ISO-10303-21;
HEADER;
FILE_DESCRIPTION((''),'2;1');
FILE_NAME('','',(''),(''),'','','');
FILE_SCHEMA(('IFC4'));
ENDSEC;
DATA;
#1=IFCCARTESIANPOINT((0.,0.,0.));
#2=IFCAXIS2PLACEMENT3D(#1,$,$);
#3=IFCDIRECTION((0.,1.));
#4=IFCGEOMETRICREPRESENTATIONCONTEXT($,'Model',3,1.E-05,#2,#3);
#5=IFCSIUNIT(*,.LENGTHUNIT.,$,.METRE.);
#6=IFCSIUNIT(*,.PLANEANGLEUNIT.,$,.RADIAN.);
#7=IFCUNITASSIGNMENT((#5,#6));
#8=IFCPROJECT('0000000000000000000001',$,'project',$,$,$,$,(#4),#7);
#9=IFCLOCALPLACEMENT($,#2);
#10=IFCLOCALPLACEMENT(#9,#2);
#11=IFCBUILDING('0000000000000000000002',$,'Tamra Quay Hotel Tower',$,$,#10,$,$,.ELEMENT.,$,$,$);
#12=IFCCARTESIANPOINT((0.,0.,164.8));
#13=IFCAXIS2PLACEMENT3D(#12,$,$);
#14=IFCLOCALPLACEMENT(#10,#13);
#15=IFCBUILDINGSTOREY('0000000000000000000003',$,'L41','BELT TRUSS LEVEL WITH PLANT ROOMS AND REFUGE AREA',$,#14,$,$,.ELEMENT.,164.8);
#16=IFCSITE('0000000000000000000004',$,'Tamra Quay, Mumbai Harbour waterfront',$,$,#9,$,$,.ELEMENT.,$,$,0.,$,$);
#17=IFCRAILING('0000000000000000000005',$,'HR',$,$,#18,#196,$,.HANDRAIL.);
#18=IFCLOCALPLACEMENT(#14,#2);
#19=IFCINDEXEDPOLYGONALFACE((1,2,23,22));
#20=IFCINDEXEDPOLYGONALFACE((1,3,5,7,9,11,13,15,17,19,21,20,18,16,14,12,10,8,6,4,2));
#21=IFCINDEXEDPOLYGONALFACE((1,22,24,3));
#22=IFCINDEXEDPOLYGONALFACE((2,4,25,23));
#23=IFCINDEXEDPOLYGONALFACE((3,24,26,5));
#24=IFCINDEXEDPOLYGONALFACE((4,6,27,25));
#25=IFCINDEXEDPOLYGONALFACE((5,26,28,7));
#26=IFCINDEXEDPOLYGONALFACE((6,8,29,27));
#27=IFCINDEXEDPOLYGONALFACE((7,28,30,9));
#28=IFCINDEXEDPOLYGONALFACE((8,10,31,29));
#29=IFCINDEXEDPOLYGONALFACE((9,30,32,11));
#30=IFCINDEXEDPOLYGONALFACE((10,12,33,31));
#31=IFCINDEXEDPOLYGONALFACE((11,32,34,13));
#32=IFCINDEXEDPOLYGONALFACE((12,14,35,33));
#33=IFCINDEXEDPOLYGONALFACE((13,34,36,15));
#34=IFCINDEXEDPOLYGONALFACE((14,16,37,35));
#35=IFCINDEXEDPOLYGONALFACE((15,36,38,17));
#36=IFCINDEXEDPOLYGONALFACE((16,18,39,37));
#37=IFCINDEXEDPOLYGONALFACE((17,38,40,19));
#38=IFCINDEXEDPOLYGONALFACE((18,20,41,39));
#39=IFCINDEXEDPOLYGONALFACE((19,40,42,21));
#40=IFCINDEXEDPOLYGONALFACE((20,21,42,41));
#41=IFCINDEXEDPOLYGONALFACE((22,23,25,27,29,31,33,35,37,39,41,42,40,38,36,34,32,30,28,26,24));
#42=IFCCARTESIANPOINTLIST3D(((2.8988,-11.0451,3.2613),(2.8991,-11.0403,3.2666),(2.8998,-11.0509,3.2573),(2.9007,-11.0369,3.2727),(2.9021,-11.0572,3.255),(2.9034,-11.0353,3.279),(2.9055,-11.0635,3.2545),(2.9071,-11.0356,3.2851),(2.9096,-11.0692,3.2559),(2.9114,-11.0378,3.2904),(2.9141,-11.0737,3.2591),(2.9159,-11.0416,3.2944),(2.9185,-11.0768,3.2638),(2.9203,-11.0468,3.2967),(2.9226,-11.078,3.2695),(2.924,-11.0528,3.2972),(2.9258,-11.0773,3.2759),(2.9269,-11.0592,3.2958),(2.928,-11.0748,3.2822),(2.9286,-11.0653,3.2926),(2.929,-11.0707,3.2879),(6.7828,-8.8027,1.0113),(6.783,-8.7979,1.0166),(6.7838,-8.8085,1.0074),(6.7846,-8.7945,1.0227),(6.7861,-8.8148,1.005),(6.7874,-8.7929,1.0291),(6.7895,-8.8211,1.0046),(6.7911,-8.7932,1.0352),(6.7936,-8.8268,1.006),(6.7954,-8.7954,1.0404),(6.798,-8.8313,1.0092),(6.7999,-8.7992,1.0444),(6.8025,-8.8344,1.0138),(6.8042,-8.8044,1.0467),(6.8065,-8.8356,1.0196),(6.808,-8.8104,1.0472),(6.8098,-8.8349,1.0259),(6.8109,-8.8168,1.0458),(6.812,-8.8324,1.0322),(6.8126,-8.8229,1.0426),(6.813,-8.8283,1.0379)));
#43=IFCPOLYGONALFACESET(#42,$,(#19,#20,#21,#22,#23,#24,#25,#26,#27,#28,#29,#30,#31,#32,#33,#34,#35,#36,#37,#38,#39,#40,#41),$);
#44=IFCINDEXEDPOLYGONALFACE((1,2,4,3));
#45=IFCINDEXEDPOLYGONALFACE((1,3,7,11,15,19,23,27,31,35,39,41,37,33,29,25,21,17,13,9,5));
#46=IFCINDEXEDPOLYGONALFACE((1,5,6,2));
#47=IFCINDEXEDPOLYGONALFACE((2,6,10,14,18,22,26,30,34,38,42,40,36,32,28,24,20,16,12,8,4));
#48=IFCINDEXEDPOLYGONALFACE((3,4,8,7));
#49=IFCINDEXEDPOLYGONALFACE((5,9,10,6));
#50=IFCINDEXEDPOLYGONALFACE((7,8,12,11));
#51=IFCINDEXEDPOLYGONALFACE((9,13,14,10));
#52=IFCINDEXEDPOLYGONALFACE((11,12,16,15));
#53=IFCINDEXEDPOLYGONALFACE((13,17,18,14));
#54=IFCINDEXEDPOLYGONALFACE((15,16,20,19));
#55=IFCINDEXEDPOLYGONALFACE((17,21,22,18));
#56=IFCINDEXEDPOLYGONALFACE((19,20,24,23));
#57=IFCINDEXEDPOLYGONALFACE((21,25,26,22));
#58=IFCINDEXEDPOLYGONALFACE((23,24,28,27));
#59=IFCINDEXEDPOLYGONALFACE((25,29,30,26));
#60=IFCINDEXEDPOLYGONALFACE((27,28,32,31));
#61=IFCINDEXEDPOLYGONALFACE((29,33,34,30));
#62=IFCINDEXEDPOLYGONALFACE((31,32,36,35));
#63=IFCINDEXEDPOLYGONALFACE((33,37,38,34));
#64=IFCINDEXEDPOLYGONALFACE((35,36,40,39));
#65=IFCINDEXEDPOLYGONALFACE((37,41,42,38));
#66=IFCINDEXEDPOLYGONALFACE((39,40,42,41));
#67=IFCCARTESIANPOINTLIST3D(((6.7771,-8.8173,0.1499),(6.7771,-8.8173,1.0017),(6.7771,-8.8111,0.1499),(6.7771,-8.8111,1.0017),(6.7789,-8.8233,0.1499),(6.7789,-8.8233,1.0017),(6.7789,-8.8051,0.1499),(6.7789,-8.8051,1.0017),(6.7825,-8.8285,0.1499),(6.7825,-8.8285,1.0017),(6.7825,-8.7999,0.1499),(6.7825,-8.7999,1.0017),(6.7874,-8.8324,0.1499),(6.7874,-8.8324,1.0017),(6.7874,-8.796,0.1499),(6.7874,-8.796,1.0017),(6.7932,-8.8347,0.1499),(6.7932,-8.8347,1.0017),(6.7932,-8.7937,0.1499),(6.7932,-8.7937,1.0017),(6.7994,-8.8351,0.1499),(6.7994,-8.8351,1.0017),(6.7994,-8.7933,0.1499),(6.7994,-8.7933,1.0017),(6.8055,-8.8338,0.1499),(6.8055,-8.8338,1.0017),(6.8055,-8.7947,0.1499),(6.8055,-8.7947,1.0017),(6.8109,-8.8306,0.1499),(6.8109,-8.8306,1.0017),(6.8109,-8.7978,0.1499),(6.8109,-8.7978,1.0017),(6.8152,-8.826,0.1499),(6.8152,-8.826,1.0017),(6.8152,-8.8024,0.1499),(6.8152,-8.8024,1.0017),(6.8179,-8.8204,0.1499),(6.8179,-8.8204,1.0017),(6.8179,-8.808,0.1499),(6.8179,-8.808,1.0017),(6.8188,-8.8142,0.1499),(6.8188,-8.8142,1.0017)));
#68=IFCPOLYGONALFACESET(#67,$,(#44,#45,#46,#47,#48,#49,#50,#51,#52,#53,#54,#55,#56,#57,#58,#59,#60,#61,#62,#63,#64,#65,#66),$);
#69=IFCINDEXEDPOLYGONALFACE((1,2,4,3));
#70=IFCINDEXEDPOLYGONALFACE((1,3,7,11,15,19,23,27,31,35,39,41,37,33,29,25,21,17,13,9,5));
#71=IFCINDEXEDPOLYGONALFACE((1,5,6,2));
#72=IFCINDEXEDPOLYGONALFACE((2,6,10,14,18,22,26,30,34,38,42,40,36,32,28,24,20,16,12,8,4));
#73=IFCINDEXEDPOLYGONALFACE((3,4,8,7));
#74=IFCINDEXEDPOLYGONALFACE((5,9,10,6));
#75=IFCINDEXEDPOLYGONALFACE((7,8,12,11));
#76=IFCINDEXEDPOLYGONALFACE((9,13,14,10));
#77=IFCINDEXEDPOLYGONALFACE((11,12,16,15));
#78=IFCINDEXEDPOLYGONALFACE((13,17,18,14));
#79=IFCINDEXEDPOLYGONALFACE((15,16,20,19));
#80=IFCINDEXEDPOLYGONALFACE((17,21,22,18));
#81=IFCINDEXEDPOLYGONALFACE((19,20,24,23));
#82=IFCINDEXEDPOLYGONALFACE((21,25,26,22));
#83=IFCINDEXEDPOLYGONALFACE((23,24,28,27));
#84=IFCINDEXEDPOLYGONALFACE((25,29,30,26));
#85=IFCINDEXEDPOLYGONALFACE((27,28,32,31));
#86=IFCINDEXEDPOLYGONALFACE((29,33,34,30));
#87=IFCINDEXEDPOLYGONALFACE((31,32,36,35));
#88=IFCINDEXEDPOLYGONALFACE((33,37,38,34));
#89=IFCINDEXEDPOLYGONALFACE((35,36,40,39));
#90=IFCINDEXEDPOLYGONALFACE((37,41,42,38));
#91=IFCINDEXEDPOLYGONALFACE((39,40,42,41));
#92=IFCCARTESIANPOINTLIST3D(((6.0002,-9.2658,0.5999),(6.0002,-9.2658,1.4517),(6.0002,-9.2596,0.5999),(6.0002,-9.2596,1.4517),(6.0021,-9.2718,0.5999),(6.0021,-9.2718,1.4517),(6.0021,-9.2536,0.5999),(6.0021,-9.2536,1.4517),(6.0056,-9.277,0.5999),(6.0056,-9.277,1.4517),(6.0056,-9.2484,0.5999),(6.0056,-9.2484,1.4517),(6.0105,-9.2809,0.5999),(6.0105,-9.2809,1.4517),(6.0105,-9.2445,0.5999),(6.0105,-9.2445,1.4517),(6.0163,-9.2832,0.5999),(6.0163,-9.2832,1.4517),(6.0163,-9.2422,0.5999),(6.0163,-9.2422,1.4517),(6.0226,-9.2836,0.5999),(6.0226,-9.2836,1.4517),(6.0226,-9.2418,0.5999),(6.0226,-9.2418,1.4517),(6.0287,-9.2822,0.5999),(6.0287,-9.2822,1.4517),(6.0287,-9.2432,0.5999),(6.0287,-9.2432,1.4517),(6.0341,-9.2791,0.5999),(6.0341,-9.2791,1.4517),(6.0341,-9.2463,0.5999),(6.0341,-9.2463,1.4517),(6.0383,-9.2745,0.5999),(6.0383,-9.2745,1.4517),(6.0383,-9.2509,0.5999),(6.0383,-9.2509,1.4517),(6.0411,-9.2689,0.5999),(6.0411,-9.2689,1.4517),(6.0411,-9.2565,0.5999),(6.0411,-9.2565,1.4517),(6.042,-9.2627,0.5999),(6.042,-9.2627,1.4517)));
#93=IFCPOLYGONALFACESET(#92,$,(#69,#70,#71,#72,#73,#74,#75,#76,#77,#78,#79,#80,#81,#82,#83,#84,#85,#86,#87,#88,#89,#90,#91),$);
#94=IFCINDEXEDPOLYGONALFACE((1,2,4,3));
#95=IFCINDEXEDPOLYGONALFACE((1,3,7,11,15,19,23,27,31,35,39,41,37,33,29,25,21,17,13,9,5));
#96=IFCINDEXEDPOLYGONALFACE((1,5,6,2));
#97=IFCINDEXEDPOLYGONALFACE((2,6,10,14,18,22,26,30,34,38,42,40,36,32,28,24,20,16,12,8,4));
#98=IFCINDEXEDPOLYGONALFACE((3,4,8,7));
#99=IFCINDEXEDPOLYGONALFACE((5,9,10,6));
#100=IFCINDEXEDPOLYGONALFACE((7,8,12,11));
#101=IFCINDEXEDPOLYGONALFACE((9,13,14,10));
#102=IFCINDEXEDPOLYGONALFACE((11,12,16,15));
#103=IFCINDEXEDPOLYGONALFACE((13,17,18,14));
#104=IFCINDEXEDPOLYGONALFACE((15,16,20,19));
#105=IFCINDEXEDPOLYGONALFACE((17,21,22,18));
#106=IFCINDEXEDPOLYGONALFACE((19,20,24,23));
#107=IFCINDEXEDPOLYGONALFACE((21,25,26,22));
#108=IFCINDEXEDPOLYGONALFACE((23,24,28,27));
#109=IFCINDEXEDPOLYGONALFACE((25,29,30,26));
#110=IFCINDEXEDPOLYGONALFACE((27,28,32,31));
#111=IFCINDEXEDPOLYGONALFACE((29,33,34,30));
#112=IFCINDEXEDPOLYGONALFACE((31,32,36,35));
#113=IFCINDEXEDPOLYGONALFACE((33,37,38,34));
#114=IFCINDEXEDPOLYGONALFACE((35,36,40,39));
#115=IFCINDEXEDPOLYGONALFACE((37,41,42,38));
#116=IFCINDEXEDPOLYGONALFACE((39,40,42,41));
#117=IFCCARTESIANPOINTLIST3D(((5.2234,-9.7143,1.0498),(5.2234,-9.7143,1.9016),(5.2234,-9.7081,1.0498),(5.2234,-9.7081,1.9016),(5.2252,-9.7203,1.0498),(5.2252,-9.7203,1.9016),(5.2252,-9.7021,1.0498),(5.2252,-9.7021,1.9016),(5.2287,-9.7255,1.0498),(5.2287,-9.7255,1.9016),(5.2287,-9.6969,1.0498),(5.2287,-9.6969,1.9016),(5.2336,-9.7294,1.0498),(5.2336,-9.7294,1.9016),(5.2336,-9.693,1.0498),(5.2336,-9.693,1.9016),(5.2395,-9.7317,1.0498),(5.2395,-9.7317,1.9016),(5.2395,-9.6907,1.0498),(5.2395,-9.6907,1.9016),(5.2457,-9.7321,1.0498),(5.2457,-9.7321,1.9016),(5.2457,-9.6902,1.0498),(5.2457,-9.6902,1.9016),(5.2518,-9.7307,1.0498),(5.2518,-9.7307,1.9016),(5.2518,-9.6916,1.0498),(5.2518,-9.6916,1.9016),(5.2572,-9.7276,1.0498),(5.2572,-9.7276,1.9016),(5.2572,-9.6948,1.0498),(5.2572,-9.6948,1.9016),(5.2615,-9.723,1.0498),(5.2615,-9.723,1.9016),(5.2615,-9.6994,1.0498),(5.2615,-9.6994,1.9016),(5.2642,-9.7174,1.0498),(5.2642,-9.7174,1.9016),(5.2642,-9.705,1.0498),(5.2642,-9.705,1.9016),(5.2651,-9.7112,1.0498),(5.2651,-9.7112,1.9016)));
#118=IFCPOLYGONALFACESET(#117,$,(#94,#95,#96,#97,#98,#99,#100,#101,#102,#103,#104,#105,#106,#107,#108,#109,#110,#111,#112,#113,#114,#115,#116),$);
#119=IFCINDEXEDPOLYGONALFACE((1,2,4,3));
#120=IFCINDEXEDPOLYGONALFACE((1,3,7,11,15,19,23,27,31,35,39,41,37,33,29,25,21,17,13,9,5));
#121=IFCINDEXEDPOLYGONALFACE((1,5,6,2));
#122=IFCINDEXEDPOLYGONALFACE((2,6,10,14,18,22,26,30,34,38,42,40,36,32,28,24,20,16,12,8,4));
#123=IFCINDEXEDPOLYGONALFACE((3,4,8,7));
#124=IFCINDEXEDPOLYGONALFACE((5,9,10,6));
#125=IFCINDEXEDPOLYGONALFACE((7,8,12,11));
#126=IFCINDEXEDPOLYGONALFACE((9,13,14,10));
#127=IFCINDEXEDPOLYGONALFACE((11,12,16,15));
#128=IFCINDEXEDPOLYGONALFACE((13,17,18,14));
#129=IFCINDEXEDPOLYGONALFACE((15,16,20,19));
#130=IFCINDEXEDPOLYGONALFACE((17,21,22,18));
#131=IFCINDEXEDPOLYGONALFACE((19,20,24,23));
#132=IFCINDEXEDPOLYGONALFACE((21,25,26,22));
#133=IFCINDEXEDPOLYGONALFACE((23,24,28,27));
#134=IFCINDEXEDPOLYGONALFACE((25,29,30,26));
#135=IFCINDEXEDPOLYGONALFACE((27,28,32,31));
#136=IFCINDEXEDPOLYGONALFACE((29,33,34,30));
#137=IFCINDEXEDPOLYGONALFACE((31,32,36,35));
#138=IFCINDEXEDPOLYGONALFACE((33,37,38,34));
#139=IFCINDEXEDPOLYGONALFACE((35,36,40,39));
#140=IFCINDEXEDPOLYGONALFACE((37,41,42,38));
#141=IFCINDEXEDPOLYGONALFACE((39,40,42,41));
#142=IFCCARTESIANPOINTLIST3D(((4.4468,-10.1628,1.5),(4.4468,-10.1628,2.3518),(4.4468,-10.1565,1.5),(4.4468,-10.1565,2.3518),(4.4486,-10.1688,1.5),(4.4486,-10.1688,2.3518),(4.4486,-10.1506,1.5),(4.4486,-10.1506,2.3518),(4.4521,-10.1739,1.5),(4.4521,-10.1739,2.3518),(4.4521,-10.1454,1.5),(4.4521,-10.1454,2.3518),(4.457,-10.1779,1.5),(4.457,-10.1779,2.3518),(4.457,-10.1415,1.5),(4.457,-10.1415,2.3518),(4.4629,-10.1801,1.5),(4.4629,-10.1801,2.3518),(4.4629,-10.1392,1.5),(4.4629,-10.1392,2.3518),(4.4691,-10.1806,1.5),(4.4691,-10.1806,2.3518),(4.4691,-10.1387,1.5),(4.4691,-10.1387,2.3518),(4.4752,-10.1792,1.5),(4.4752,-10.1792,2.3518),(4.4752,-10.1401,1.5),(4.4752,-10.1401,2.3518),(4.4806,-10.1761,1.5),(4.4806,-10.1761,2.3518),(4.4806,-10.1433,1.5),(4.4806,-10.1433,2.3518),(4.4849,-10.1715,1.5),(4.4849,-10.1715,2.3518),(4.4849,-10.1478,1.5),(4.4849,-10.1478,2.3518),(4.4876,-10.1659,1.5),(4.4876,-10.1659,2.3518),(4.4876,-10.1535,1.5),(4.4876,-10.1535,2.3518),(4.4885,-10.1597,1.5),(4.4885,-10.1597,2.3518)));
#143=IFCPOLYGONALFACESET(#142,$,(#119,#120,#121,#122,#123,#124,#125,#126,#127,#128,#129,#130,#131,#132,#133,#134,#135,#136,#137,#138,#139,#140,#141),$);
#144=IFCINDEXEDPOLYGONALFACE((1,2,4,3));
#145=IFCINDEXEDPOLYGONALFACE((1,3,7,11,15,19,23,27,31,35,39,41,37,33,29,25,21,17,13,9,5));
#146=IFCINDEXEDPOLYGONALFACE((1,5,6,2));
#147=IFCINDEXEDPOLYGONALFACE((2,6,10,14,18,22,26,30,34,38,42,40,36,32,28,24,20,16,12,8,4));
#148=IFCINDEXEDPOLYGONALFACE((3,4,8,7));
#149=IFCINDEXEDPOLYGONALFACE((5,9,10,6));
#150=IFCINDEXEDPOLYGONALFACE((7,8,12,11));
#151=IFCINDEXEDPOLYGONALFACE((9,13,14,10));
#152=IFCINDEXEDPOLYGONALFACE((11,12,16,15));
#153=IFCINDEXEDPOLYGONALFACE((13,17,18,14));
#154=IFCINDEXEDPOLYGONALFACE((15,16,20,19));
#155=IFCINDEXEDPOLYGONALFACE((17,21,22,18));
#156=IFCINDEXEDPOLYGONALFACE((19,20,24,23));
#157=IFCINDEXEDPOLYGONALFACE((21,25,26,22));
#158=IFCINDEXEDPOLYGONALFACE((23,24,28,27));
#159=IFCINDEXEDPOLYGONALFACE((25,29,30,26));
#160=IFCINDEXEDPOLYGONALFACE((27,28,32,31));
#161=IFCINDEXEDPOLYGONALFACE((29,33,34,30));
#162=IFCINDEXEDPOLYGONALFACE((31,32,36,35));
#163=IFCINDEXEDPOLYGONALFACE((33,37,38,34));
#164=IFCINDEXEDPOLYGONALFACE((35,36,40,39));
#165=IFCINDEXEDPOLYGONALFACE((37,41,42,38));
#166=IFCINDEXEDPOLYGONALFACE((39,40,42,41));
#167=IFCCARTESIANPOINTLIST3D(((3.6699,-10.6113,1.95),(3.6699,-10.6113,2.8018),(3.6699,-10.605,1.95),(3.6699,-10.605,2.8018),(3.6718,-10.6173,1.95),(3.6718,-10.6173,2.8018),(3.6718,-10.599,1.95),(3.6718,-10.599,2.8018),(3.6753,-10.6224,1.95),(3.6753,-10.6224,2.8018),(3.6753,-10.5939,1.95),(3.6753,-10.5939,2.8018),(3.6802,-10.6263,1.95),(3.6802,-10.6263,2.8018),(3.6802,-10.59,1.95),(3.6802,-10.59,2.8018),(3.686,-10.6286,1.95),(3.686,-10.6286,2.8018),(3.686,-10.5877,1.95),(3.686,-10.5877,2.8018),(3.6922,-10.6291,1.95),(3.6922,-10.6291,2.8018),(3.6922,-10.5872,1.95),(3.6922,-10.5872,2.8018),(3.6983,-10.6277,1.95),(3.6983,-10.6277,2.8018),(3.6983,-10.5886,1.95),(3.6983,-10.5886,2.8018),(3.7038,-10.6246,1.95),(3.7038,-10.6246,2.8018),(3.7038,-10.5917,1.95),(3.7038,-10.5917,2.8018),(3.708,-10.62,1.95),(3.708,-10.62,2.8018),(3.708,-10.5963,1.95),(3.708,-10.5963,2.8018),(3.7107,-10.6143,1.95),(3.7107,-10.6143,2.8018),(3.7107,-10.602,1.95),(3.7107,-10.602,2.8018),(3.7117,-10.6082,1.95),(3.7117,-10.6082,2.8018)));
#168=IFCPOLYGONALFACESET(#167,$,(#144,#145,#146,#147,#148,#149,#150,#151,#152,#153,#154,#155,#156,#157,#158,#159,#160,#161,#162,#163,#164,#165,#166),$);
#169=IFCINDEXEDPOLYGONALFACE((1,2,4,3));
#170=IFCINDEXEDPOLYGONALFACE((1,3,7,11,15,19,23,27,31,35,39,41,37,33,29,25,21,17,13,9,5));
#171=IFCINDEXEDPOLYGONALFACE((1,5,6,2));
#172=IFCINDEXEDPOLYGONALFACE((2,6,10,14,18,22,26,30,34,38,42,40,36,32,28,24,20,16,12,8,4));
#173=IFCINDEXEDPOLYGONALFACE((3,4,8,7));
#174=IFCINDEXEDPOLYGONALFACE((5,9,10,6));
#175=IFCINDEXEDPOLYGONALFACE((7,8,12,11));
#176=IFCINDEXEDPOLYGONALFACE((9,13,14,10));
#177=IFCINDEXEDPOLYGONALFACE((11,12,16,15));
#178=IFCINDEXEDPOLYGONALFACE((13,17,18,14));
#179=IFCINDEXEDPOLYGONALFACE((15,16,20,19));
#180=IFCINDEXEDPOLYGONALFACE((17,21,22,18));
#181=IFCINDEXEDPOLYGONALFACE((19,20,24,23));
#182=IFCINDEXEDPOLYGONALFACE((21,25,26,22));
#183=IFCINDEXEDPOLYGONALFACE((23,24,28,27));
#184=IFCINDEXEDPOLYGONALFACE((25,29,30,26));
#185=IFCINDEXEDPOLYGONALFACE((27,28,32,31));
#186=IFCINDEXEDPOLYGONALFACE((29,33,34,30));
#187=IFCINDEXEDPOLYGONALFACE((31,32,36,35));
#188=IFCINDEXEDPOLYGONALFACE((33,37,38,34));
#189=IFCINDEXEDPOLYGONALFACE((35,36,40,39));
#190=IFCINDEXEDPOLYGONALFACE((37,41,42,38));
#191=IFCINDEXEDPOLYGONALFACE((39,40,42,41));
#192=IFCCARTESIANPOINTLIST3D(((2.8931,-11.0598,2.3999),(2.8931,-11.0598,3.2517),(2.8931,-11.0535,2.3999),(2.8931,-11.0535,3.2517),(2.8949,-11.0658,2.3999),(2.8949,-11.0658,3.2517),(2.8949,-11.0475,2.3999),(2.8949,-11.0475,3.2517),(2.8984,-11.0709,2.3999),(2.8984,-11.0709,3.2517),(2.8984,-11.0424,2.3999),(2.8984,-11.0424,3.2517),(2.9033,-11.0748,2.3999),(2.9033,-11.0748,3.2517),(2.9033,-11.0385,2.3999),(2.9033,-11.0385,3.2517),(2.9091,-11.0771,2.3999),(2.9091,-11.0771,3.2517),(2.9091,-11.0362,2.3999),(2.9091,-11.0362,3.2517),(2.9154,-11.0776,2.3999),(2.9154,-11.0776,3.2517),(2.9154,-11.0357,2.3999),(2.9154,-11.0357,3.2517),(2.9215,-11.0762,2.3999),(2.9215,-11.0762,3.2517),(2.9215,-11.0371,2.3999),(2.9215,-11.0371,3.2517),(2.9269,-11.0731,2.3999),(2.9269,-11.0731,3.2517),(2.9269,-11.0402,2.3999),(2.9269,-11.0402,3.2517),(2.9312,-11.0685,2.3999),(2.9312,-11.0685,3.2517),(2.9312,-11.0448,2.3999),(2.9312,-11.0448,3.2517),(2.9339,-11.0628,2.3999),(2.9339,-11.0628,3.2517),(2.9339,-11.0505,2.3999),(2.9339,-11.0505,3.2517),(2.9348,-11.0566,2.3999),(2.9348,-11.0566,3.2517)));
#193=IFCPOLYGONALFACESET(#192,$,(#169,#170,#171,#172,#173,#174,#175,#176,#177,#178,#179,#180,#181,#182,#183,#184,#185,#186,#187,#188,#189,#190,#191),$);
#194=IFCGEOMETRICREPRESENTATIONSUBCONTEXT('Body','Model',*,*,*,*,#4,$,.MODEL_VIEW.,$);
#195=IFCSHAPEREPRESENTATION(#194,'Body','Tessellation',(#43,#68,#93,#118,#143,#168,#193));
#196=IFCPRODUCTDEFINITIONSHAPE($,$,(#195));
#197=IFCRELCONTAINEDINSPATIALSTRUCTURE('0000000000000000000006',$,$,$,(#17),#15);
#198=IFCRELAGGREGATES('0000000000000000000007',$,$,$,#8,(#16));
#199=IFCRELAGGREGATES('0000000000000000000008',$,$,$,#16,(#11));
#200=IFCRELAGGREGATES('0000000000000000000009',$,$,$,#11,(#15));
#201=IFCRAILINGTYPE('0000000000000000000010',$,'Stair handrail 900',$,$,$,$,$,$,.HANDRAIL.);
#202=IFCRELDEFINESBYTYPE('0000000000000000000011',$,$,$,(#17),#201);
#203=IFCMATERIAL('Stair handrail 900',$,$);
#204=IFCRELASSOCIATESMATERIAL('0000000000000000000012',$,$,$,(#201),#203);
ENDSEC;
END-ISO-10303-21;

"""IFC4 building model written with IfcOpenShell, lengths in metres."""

from ifc_helpers import new_model, si_unit, direction, frame, origin, origin_2d, place, context, subcontext, project, spatial, circle, extrude, material, type_object, element, save


model = new_model("IFC4")

# Units and contexts
model_context = context("Model", 3, precision=1e-05, world=origin(), true_north=direction((0.0, 1.0)))
body_context = subcontext(model_context, "Body", "Model", "MODEL_VIEW")
ifc_project = project(units=[si_unit("LENGTHUNIT", "METRE"), si_unit("PLANEANGLEUNIT", "RADIAN")], contexts=[model_context])

# Site, building, storey
site_placement = place(None, origin())
site = spatial("IfcSite", under=ifc_project, at=site_placement, Name="Tamra Quay, Mumbai Harbour waterfront", CompositionType="ELEMENT", RefElevation=0.0)
building_placement = place(site_placement, origin())
building = spatial("IfcBuilding", under=site, at=building_placement, Name="Tamra Quay Hotel Tower", CompositionType="ELEMENT")
storey_placement = place(building_placement, frame((0.0, 0.0, 164.8)))
storey = spatial("IfcBuildingStorey", under=building, at=storey_placement, Name="L41", Description="BELT TRUSS LEVEL WITH PLANT ROOMS AND REFUGE AREA", CompositionType="ELEMENT", Elevation=164.8)

# Railing
ifc_material_1 = material(Name="Stair handrail 900")
railing_type_1 = type_object("IfcRailingType", Name="Stair handrail 900", PredefinedType="HANDRAIL", material=ifc_material_1)
railing_1_placement = place(storey_placement, frame((6.7979, -8.8142, 0.1499)))
element("IfcRailing", 1, at=railing_1_placement, inside=storey, type_object=railing_type_1, Name="HR", PredefinedType="HANDRAIL", context=body_context, shape_type="SweptSolid", body=[
    extrude(circle(Radius=0.0239, at=origin_2d()), frame((0.0, 0.0, 0.876), z_axis=(-0.774076, -0.44691, 0.448418), x_axis=(0.499997, -0.866027, 0.0)), (0.0, 0.0, 1.0), 5.0176),
    extrude(circle(Radius=0.021, at=origin_2d()), origin(), (0.0, 0.0, 1.0), 0.8518),
    extrude(circle(Radius=0.021, at=origin_2d()), frame((-0.7769, -0.4485, 0.45)), (0.0, 0.0, 1.0), 0.8518),
    extrude(circle(Radius=0.021, at=origin_2d()), frame((-1.5537, -0.897, 0.8999)), (0.0, 0.0, 1.0), 0.8518),
    extrude(circle(Radius=0.021, at=origin_2d()), frame((-2.3303, -1.3455, 1.3501)), (0.0, 0.0, 1.0), 0.8518),
    extrude(circle(Radius=0.021, at=origin_2d()), frame((-3.1072, -1.7939, 1.8)), (0.0, 0.0, 1.0), 0.8518),
    extrude(circle(Radius=0.021, at=origin_2d()), frame((-3.884, -2.2424, 2.25)), (0.0, 0.0, 1.0), 0.8518),
])

save(model, "model.ifc")
